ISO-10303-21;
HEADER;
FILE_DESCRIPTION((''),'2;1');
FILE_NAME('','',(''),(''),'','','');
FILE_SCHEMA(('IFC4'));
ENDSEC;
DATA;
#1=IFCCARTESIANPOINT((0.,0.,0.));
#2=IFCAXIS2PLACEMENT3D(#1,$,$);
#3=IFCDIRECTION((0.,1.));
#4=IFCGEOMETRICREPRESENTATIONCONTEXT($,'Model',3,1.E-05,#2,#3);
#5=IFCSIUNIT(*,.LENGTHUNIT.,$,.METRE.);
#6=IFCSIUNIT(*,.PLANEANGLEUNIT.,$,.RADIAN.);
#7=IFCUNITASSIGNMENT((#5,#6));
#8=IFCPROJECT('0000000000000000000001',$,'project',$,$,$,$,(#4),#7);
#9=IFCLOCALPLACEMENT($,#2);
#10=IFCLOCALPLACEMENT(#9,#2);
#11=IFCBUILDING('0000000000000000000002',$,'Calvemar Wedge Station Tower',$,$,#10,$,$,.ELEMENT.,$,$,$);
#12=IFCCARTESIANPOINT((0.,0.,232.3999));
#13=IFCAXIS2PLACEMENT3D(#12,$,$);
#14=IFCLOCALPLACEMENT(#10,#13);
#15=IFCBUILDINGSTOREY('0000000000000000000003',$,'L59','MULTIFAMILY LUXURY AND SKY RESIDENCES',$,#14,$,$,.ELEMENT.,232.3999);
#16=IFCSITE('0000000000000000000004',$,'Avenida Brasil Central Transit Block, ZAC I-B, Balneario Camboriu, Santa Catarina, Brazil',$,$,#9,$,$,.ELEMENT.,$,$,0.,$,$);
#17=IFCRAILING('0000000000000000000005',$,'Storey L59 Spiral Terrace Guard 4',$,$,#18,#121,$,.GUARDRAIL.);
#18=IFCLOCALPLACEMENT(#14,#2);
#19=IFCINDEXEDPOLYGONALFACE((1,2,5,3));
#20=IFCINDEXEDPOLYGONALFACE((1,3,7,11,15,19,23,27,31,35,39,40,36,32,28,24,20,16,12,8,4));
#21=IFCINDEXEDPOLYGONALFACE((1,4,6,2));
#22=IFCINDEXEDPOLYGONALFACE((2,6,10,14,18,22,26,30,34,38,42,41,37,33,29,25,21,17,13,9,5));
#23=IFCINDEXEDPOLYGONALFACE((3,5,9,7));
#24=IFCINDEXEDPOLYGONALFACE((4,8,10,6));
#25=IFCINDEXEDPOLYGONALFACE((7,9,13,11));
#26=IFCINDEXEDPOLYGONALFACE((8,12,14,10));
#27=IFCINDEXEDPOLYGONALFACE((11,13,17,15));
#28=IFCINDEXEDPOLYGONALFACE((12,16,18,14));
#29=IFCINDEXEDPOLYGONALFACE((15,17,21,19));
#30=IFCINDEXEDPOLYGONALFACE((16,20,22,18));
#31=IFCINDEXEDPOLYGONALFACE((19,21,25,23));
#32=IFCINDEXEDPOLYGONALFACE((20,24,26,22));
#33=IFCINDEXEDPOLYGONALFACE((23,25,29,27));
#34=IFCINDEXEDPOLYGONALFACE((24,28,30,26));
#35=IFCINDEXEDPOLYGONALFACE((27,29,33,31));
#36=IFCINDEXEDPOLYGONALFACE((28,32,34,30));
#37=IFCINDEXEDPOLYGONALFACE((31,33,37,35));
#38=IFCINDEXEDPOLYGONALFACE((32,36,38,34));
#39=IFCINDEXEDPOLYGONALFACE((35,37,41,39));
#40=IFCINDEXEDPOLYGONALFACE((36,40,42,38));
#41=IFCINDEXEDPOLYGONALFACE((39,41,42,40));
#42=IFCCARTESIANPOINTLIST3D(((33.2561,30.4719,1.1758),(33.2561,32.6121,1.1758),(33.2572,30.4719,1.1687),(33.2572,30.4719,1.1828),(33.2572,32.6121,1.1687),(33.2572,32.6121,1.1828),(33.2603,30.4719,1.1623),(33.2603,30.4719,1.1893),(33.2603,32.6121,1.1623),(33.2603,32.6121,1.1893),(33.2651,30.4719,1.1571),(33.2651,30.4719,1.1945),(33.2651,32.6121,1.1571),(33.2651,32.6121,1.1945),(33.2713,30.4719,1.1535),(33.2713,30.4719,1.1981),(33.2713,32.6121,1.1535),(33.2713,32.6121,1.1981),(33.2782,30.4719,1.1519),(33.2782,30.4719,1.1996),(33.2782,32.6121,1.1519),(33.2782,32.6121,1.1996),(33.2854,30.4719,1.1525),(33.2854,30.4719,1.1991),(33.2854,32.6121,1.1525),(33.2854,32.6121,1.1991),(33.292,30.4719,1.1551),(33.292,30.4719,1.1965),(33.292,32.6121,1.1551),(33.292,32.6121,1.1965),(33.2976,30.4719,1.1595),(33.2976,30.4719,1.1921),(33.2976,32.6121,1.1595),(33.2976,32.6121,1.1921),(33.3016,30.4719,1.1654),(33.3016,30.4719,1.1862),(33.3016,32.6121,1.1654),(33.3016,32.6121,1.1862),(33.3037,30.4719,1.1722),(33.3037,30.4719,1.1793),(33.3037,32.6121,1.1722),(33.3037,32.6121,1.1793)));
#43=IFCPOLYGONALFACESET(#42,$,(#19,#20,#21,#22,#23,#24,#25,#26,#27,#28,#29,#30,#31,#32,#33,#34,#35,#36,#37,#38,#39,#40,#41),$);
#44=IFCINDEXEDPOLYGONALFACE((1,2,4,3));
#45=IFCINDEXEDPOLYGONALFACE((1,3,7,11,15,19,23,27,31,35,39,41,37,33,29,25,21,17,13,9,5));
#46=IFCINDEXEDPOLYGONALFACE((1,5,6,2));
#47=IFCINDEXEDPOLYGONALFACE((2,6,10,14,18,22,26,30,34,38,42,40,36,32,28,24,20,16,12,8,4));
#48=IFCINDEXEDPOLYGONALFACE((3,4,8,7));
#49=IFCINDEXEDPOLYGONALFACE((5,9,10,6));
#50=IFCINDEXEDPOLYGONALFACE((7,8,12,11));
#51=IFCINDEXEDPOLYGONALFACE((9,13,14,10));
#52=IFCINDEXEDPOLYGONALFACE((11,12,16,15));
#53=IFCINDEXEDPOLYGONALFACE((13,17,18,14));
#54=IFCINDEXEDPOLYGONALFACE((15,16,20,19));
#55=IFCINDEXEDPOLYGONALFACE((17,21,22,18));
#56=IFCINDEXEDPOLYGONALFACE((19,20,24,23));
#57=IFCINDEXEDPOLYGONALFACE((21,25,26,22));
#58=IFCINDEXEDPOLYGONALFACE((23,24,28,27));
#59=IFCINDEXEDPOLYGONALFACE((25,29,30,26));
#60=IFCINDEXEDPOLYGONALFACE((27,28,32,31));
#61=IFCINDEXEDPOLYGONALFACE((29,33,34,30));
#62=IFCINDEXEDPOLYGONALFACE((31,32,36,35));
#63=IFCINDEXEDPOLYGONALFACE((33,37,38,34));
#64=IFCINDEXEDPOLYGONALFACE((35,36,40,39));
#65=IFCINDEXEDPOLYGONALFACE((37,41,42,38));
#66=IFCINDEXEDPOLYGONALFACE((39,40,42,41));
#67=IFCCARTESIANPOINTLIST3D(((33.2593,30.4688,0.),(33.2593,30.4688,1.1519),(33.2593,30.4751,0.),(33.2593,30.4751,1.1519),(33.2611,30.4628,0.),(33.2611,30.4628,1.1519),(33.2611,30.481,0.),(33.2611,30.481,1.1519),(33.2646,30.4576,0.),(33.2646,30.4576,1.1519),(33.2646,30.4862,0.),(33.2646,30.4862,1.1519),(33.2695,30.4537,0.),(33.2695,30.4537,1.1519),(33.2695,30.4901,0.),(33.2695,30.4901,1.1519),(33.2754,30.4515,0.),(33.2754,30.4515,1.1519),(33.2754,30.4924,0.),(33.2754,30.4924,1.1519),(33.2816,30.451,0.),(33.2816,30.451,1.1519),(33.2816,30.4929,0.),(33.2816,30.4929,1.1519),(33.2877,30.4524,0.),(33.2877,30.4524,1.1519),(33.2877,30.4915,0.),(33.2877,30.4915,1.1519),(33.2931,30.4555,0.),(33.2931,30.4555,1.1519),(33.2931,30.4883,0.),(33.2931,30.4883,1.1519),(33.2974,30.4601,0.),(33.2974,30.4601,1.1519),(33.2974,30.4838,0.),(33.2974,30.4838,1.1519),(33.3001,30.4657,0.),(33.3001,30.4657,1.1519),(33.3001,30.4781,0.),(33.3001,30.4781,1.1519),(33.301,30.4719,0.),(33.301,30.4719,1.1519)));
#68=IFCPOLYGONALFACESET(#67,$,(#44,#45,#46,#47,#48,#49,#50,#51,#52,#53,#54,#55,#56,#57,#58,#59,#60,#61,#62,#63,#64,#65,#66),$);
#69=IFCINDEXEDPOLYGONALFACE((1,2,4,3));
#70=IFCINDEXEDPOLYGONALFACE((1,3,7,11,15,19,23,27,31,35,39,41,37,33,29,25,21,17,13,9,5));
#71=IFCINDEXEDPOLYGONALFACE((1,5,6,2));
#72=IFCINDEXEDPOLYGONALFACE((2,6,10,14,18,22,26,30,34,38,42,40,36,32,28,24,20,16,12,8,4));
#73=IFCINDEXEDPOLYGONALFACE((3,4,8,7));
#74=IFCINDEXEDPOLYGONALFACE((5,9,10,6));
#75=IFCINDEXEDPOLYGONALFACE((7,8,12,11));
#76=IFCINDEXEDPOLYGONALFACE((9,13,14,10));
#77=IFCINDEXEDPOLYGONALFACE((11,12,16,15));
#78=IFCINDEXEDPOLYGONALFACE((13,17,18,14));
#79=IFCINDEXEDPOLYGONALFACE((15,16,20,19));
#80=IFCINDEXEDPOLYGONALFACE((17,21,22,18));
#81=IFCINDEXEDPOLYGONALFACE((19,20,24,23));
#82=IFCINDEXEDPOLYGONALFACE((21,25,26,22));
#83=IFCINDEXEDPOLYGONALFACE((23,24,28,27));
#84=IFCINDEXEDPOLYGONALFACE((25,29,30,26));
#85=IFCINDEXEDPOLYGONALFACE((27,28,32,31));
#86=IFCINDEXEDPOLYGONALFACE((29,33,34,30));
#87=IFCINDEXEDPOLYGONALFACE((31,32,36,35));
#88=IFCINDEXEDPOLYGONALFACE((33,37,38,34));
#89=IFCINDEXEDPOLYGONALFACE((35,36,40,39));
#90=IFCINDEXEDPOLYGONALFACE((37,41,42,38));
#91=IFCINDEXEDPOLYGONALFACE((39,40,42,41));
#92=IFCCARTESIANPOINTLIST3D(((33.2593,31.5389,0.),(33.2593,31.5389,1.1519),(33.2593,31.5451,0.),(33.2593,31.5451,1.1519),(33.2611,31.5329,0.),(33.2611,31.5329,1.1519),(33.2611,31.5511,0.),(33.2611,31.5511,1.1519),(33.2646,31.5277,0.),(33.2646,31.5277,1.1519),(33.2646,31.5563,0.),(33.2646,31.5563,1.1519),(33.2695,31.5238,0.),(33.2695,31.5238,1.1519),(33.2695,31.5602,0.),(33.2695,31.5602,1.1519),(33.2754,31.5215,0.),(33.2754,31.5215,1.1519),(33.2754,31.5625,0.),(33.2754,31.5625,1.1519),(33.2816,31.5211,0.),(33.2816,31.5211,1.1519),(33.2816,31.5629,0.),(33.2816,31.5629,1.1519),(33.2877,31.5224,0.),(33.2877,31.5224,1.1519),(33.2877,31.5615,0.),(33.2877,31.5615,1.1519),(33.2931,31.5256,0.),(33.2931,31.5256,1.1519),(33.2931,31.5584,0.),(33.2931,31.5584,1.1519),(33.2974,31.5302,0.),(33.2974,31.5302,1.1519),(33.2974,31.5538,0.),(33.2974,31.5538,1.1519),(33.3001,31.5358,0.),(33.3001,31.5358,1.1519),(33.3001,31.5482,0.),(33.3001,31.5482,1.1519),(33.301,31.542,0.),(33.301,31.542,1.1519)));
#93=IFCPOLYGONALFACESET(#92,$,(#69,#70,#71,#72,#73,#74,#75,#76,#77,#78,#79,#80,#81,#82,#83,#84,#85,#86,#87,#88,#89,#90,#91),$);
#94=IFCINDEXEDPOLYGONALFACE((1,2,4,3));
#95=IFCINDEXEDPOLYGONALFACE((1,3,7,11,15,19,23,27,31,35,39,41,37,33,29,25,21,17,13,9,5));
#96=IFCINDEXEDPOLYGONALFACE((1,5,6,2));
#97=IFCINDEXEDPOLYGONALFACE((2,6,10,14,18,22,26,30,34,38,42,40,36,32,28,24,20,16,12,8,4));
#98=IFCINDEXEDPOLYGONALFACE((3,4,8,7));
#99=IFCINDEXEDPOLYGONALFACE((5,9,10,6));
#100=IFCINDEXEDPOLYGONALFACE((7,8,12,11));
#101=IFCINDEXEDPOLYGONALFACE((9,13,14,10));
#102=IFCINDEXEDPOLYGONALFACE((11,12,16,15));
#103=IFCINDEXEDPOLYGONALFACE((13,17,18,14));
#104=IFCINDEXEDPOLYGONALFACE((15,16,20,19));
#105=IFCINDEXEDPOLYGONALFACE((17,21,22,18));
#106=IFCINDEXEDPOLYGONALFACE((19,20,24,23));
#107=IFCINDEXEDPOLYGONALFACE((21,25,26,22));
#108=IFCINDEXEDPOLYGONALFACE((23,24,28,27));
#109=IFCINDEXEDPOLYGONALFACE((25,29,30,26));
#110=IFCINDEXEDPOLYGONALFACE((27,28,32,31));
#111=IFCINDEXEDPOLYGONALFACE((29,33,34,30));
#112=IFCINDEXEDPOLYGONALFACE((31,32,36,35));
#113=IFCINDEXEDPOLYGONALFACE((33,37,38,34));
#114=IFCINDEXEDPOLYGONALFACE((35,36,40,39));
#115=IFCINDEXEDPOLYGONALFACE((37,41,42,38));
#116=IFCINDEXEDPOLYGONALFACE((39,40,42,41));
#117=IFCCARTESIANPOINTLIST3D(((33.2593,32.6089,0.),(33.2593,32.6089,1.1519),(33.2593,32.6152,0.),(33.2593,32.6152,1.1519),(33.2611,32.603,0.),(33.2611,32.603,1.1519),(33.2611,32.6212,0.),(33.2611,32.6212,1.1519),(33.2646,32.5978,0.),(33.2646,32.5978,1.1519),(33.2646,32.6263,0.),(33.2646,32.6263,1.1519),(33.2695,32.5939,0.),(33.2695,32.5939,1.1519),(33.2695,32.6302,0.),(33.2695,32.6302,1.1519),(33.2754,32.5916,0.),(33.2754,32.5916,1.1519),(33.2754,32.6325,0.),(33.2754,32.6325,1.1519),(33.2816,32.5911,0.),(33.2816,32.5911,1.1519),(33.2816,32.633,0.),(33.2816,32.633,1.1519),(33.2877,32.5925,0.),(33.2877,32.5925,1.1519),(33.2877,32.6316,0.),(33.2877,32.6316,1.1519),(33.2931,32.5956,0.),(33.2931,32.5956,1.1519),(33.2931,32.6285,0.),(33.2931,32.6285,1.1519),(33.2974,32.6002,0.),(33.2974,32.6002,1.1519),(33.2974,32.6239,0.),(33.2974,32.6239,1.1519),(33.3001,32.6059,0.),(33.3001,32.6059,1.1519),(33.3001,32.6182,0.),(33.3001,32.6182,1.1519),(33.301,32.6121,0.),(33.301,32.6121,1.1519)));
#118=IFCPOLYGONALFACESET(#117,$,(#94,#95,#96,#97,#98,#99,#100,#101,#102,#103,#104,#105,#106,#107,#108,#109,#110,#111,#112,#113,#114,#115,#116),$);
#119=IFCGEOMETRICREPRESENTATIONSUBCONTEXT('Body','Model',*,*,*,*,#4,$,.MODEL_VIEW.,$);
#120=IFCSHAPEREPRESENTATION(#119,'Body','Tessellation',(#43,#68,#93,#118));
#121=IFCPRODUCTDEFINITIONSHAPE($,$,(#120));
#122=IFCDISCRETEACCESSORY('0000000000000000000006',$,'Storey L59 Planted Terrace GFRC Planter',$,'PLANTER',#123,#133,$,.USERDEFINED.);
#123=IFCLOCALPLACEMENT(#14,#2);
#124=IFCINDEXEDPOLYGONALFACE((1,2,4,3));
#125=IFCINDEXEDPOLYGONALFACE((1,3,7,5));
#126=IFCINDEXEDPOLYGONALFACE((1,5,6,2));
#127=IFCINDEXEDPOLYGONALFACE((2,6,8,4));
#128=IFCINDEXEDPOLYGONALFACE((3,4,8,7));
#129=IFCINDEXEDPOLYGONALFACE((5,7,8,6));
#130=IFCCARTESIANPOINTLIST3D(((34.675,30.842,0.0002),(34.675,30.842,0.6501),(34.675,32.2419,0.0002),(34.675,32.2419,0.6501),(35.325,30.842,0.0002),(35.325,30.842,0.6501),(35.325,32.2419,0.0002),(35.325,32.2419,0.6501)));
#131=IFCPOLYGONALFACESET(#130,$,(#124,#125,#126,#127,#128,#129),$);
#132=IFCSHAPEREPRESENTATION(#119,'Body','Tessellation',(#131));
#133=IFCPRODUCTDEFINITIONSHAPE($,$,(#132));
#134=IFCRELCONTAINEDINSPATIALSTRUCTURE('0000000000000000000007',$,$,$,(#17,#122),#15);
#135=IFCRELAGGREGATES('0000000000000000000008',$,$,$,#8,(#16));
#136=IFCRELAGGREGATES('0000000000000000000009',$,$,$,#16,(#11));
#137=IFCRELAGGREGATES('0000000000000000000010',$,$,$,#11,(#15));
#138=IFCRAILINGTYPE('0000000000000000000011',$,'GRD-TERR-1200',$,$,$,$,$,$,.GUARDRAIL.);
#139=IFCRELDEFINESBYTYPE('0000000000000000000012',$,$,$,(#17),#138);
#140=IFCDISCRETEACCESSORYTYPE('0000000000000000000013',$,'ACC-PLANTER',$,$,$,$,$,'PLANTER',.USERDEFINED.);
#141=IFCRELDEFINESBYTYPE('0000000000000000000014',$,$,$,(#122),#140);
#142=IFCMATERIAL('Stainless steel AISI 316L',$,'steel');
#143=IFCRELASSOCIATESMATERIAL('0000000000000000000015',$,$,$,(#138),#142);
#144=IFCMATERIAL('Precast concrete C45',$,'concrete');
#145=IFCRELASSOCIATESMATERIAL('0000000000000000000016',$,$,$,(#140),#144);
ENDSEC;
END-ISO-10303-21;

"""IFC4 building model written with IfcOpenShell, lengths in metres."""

from ifc_helpers import new_model, si_unit, direction, frame, origin, origin_2d, place, context, subcontext, project, spatial, rectangle, circle, extrude, source, transform, mapped, material, type_object, element, save


model = new_model("IFC4")

# Units and contexts
model_context = context("Model", 3, precision=1e-05, world=origin(), true_north=direction((0.0, 1.0)))
body_context = subcontext(model_context, "Body", "Model", "MODEL_VIEW")
ifc_project = project(units=[si_unit("LENGTHUNIT", "METRE"), si_unit("PLANEANGLEUNIT", "RADIAN")], contexts=[model_context])

# Site, building, storey
site_placement = place(None, origin())
site = spatial("IfcSite", under=ifc_project, at=site_placement, Name="Avenida Brasil Central Transit Block, ZAC I-B, Balneario Camboriu, Santa Catarina, Brazil", CompositionType="ELEMENT", RefElevation=0.0)
building_placement = place(site_placement, origin())
building = spatial("IfcBuilding", under=site, at=building_placement, Name="Calvemar Wedge Station Tower", CompositionType="ELEMENT")
storey_placement = place(building_placement, frame((0.0, 0.0, 232.3999)))
storey = spatial("IfcBuildingStorey", under=building, at=storey_placement, Name="L59", Description="MULTIFAMILY LUXURY AND SKY RESIDENCES", CompositionType="ELEMENT", Elevation=232.3999)

# Shared definitions
ifc_material_1 = material(Name="Precast concrete C45", Category="concrete")

# Railing
ifc_material_2 = material(Name="Stainless steel AISI 316L", Category="steel")
railing_type = type_object("IfcRailingType", Name="GRD-TERR-1200", PredefinedType="GUARDRAIL", material=ifc_material_2)
railing_1_placement = place(storey_placement, frame((33.28, 30.4719, 0.0)))
element("IfcRailing", 1, at=railing_1_placement, inside=storey, type_object=railing_type, Name="Storey L59 Spiral Terrace Guard 4", PredefinedType="GUARDRAIL", context=body_context, shape_type="SweptSolid", body=[
    extrude(circle(Radius=0.0239, at=origin_2d()), frame((0.0, 0.0, 1.1758), z_axis=(0.0, 1.0, 0.0), x_axis=(-1.0, 0.0, 0.0)), (0.0, 0.0, 1.0), 2.1401),
    extrude(circle(Radius=0.021, at=origin_2d()), origin(), (0.0, 0.0, 1.0), 1.1519),
    extrude(circle(Radius=0.021, at=origin_2d()), frame((0.0, 1.0701, 0.0)), (0.0, 0.0, 1.0), 1.1519),
    extrude(circle(Radius=0.021, at=origin_2d()), frame((0.0, 2.1401, 0.0)), (0.0, 0.0, 1.0), 1.1519),
])

# Discrete accessory
discrete_accessory_type = type_object("IfcDiscreteAccessoryType", Name="ACC-PLANTER", ElementType="PLANTER", PredefinedType="USERDEFINED", material=ifc_material_1)
shared_shape_1 = source(origin(), body_context, "Body", "SweptSolid", [
    extrude(rectangle(XDim=0.6499, YDim=1.3999, at=origin_2d()), origin(), (0.0, 0.0, 1.0), 0.6499),
])
discrete_accessory_placement = place(storey_placement, frame((35.0, 31.542, 0.0002), z_axis=(0.0, 0.0, 1.0), x_axis=(1.0, 0.0, 0.0)))
element("IfcDiscreteAccessory", 2, at=discrete_accessory_placement, inside=storey, type_object=discrete_accessory_type, Name="Storey L59 Planted Terrace GFRC Planter", ObjectType="PLANTER", PredefinedType="USERDEFINED", context=body_context, shape_type="MappedRepresentation", body=[
    mapped(shared_shape_1, transform((0.0, 0.0, 0.0), scale=1.0)),
])

save(model, "model.ifc")
